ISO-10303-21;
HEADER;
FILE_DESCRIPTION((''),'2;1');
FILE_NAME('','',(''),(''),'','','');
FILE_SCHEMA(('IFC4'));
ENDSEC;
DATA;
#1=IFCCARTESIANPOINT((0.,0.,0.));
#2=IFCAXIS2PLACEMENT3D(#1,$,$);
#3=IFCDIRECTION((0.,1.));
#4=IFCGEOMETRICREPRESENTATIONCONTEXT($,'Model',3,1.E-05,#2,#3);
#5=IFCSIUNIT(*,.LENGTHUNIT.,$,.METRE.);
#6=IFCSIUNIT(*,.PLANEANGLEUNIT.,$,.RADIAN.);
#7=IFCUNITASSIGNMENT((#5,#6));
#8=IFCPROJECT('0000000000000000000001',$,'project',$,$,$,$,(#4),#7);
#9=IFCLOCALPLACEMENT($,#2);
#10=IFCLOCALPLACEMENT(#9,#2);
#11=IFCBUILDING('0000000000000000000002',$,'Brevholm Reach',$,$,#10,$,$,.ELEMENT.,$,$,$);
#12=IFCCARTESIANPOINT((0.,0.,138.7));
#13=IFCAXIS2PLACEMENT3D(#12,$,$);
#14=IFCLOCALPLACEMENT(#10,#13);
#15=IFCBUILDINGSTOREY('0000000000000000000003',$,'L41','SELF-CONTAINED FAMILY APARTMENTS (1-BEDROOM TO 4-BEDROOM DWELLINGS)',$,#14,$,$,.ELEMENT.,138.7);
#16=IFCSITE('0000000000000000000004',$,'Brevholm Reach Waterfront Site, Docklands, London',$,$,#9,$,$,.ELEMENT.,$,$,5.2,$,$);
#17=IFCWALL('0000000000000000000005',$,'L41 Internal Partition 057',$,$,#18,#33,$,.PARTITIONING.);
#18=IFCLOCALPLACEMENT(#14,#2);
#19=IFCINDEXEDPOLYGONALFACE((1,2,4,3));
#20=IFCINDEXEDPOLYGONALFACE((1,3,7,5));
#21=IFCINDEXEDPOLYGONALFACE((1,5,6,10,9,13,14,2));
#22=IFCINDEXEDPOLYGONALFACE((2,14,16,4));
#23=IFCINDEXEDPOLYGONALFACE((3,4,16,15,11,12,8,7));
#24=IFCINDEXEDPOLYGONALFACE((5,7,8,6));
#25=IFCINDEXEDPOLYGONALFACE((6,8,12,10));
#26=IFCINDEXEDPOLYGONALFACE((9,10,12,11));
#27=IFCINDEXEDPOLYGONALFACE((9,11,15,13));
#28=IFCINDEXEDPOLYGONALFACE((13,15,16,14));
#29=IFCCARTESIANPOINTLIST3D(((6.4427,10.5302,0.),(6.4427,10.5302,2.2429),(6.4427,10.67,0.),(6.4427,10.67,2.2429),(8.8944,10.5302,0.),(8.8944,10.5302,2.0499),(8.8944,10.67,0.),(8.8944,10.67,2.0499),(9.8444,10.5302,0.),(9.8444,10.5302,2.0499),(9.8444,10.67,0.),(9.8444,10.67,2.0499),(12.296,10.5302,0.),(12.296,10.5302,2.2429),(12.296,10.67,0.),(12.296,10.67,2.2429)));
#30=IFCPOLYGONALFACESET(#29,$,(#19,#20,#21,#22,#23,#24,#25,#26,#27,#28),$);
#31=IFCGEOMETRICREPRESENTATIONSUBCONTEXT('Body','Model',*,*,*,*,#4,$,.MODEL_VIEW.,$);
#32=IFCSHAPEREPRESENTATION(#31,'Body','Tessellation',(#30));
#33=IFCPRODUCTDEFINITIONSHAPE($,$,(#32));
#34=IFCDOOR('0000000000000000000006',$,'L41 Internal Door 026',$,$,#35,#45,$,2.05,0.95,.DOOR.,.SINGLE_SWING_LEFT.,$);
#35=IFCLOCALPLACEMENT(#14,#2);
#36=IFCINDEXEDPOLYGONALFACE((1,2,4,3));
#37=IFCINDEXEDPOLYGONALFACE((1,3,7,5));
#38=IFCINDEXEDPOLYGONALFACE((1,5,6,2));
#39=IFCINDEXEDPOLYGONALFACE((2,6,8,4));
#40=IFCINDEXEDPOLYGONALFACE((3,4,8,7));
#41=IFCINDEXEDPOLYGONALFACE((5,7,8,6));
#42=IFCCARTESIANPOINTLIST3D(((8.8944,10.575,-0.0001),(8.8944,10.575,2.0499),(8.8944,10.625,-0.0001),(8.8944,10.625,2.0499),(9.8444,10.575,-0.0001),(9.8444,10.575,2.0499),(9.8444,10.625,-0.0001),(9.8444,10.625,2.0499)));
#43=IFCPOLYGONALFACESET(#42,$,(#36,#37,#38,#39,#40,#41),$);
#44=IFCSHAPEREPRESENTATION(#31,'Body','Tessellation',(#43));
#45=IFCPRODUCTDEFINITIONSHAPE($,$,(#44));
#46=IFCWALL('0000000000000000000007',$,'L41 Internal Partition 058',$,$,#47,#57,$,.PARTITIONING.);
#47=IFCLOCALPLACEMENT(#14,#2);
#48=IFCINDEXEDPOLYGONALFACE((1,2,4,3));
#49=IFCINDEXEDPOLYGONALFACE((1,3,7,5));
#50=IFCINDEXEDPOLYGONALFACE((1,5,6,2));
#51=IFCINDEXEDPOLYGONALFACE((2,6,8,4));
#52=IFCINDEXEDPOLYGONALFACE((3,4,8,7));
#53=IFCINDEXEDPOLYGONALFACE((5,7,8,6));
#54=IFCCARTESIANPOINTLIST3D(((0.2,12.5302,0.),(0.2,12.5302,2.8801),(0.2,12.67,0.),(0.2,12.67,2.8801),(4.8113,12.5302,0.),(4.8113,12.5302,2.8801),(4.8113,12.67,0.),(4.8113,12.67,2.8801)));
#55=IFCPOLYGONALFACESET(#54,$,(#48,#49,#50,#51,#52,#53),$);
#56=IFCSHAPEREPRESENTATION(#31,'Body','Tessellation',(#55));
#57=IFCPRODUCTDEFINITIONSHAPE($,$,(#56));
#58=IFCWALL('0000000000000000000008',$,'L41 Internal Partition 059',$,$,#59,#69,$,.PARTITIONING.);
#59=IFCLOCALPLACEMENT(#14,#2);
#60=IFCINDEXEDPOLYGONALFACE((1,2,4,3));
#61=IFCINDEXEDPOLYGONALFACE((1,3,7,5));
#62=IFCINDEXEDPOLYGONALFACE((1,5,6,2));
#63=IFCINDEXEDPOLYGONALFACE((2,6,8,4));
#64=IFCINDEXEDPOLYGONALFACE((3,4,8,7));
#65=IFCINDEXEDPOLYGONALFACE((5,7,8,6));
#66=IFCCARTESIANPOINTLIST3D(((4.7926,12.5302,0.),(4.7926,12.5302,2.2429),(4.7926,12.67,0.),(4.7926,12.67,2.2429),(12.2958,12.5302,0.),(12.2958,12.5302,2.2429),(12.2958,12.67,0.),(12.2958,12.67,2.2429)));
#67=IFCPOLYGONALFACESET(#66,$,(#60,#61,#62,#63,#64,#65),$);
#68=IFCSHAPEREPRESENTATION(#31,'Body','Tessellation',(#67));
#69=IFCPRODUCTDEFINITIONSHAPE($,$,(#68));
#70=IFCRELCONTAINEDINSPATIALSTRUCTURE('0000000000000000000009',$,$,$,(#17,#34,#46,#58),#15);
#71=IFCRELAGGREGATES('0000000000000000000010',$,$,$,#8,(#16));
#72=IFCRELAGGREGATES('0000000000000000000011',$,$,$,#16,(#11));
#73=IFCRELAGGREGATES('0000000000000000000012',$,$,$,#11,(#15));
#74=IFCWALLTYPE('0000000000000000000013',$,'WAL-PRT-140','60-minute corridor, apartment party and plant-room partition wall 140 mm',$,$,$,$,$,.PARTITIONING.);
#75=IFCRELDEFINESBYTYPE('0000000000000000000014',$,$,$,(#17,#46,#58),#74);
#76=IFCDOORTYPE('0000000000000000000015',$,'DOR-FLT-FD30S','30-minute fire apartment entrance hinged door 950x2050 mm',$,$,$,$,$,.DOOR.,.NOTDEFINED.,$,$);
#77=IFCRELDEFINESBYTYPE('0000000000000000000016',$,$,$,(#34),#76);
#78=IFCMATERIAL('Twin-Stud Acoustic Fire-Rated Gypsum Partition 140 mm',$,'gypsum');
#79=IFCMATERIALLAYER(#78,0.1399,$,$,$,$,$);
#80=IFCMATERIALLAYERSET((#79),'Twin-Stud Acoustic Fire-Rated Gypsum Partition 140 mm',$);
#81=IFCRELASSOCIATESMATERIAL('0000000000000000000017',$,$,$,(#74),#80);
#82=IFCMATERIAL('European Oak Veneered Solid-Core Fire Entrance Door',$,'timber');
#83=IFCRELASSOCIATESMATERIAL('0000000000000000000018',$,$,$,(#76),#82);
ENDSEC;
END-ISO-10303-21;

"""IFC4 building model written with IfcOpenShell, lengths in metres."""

from ifc_helpers import new_model, si_unit, direction, frame, frame_2d, origin, place, context, subcontext, project, spatial, rectangle, extrude, material, layer, layer_set, type_object, element, fill, save


model = new_model("IFC4")

# Units and contexts
model_context = context("Model", 3, precision=1e-05, world=origin(), true_north=direction((0.0, 1.0)))
body_context = subcontext(model_context, "Body", "Model", "MODEL_VIEW")
ifc_project = project(units=[si_unit("LENGTHUNIT", "METRE"), si_unit("PLANEANGLEUNIT", "RADIAN")], contexts=[model_context])

# Site, building, storey
site_placement = place(None, origin())
site = spatial("IfcSite", under=ifc_project, at=site_placement, Name="Brevholm Reach Waterfront Site, Docklands, London", CompositionType="ELEMENT", RefElevation=5.2)
building_placement = place(site_placement, origin())
building = spatial("IfcBuilding", under=site, at=building_placement, Name="Brevholm Reach", CompositionType="ELEMENT")
storey_placement = place(building_placement, frame((0.0, 0.0, 138.7)))
storey = spatial("IfcBuildingStorey", under=building, at=storey_placement, Name="L41", Description="SELF-CONTAINED FAMILY APARTMENTS (1-BEDROOM TO 4-BEDROOM DWELLINGS)", CompositionType="ELEMENT", Elevation=138.7)

# Shared definitions
ifc_material_1 = material(Name="Twin-Stud Acoustic Fire-Rated Gypsum Partition 140 mm", Category="gypsum")
ifc_layer_1 = layer(ifc_material_1, 0.1399)
ifc_layer_set_1 = layer_set([ifc_layer_1], Name="Twin-Stud Acoustic Fire-Rated Gypsum Partition 140 mm")
wall_type_1 = type_object("IfcWallType", Name="WAL-PRT-140", Description="60-minute corridor, apartment party and plant-room partition wall 140 mm", PredefinedType="PARTITIONING", material=ifc_layer_set_1)

# Wall, opening, door
wall_1_placement = place(storey_placement, frame((6.4426, 10.6001, 0.0), z_axis=(0.0, 0.0, 1.0), x_axis=(1.0, 0.0, 0.0)))
wall_1 = element("IfcWall", 1, at=wall_1_placement, inside=storey, type_object=wall_type_1, Name="L41 Internal Partition 057", PredefinedType="PARTITIONING", context=body_context, shape_type="SweptSolid", body=[
    extrude(rectangle(XDim=5.8533, YDim=0.1399, at=frame_2d((2.9268, 0.0))), origin(), (0.0, 0.0, 1.0), 2.2429),
])
opening_1_placement = place(wall_1_placement, frame((2.4517, 0.0, 0.0)))
opening_1 = element("IfcOpeningElement", 2, at=opening_1_placement, cuts=wall_1, PredefinedType="OPENING", context=body_context, shape_type="SweptSolid", body=[
    extrude(rectangle(XDim=0.95, YDim=2.05, at=frame_2d((0.4751, 1.0249))), frame((0.0, 0.0798, 0.0), z_axis=(0.0, -1.0, 0.0), x_axis=(1.0, 0.0, 0.0)), (0.0, 0.0, 1.0), 0.1599),
])
ifc_material_2 = material(Name="European Oak Veneered Solid-Core Fire Entrance Door", Category="timber")
door_type_1 = type_object("IfcDoorType", Name="DOR-FLT-FD30S", Description="30-minute fire apartment entrance hinged door 950x2050 mm", OperationType="NOTDEFINED", PredefinedType="DOOR", material=ifc_material_2)
door_1_placement = place(opening_1_placement, origin())
door_1 = element("IfcDoor", 3, at=door_1_placement, inside=storey, type_object=door_type_1, Name="L41 Internal Door 026", OperationType="SINGLE_SWING_LEFT", OverallHeight=2.05, OverallWidth=0.95, PredefinedType="DOOR", context=body_context, shape_type="SweptSolid", body=[
    extrude(rectangle(XDim=0.95, YDim=2.05, at=frame_2d((0.4751, 1.0249))), frame((0.0, 0.0249, 0.0), z_axis=(0.0, -1.0, 0.0), x_axis=(1.0, 0.0, 0.0)), (0.0, 0.0, 1.0), 0.05),
])
fill(opening_1, door_1)

# Walls
wall_2_placement = place(storey_placement, frame((0.2, 12.6001, 0.0), z_axis=(0.0, 0.0, 1.0), x_axis=(1.0, 0.0, 0.0)))
element("IfcWall", 4, at=wall_2_placement, inside=storey, type_object=wall_type_1, Name="L41 Internal Partition 058", PredefinedType="PARTITIONING", context=body_context, shape_type="SweptSolid", body=[
    extrude(rectangle(XDim=4.6113, YDim=0.1399, at=frame_2d((2.3057, 0.0))), origin(), (0.0, 0.0, 1.0), 2.8801),
])
wall_3_placement = place(storey_placement, frame((4.7927, 12.6001, 0.0), z_axis=(0.0, 0.0, 1.0), x_axis=(1.0, 0.0, 0.0)))
element("IfcWall", 5, at=wall_3_placement, inside=storey, type_object=wall_type_1, Name="L41 Internal Partition 059", PredefinedType="PARTITIONING", context=body_context, shape_type="SweptSolid", body=[
    extrude(rectangle(XDim=7.5032, YDim=0.1399, at=frame_2d((3.7515, 0.0))), origin(), (0.0, 0.0, 1.0), 2.2429),
])

save(model, "model.ifc")
